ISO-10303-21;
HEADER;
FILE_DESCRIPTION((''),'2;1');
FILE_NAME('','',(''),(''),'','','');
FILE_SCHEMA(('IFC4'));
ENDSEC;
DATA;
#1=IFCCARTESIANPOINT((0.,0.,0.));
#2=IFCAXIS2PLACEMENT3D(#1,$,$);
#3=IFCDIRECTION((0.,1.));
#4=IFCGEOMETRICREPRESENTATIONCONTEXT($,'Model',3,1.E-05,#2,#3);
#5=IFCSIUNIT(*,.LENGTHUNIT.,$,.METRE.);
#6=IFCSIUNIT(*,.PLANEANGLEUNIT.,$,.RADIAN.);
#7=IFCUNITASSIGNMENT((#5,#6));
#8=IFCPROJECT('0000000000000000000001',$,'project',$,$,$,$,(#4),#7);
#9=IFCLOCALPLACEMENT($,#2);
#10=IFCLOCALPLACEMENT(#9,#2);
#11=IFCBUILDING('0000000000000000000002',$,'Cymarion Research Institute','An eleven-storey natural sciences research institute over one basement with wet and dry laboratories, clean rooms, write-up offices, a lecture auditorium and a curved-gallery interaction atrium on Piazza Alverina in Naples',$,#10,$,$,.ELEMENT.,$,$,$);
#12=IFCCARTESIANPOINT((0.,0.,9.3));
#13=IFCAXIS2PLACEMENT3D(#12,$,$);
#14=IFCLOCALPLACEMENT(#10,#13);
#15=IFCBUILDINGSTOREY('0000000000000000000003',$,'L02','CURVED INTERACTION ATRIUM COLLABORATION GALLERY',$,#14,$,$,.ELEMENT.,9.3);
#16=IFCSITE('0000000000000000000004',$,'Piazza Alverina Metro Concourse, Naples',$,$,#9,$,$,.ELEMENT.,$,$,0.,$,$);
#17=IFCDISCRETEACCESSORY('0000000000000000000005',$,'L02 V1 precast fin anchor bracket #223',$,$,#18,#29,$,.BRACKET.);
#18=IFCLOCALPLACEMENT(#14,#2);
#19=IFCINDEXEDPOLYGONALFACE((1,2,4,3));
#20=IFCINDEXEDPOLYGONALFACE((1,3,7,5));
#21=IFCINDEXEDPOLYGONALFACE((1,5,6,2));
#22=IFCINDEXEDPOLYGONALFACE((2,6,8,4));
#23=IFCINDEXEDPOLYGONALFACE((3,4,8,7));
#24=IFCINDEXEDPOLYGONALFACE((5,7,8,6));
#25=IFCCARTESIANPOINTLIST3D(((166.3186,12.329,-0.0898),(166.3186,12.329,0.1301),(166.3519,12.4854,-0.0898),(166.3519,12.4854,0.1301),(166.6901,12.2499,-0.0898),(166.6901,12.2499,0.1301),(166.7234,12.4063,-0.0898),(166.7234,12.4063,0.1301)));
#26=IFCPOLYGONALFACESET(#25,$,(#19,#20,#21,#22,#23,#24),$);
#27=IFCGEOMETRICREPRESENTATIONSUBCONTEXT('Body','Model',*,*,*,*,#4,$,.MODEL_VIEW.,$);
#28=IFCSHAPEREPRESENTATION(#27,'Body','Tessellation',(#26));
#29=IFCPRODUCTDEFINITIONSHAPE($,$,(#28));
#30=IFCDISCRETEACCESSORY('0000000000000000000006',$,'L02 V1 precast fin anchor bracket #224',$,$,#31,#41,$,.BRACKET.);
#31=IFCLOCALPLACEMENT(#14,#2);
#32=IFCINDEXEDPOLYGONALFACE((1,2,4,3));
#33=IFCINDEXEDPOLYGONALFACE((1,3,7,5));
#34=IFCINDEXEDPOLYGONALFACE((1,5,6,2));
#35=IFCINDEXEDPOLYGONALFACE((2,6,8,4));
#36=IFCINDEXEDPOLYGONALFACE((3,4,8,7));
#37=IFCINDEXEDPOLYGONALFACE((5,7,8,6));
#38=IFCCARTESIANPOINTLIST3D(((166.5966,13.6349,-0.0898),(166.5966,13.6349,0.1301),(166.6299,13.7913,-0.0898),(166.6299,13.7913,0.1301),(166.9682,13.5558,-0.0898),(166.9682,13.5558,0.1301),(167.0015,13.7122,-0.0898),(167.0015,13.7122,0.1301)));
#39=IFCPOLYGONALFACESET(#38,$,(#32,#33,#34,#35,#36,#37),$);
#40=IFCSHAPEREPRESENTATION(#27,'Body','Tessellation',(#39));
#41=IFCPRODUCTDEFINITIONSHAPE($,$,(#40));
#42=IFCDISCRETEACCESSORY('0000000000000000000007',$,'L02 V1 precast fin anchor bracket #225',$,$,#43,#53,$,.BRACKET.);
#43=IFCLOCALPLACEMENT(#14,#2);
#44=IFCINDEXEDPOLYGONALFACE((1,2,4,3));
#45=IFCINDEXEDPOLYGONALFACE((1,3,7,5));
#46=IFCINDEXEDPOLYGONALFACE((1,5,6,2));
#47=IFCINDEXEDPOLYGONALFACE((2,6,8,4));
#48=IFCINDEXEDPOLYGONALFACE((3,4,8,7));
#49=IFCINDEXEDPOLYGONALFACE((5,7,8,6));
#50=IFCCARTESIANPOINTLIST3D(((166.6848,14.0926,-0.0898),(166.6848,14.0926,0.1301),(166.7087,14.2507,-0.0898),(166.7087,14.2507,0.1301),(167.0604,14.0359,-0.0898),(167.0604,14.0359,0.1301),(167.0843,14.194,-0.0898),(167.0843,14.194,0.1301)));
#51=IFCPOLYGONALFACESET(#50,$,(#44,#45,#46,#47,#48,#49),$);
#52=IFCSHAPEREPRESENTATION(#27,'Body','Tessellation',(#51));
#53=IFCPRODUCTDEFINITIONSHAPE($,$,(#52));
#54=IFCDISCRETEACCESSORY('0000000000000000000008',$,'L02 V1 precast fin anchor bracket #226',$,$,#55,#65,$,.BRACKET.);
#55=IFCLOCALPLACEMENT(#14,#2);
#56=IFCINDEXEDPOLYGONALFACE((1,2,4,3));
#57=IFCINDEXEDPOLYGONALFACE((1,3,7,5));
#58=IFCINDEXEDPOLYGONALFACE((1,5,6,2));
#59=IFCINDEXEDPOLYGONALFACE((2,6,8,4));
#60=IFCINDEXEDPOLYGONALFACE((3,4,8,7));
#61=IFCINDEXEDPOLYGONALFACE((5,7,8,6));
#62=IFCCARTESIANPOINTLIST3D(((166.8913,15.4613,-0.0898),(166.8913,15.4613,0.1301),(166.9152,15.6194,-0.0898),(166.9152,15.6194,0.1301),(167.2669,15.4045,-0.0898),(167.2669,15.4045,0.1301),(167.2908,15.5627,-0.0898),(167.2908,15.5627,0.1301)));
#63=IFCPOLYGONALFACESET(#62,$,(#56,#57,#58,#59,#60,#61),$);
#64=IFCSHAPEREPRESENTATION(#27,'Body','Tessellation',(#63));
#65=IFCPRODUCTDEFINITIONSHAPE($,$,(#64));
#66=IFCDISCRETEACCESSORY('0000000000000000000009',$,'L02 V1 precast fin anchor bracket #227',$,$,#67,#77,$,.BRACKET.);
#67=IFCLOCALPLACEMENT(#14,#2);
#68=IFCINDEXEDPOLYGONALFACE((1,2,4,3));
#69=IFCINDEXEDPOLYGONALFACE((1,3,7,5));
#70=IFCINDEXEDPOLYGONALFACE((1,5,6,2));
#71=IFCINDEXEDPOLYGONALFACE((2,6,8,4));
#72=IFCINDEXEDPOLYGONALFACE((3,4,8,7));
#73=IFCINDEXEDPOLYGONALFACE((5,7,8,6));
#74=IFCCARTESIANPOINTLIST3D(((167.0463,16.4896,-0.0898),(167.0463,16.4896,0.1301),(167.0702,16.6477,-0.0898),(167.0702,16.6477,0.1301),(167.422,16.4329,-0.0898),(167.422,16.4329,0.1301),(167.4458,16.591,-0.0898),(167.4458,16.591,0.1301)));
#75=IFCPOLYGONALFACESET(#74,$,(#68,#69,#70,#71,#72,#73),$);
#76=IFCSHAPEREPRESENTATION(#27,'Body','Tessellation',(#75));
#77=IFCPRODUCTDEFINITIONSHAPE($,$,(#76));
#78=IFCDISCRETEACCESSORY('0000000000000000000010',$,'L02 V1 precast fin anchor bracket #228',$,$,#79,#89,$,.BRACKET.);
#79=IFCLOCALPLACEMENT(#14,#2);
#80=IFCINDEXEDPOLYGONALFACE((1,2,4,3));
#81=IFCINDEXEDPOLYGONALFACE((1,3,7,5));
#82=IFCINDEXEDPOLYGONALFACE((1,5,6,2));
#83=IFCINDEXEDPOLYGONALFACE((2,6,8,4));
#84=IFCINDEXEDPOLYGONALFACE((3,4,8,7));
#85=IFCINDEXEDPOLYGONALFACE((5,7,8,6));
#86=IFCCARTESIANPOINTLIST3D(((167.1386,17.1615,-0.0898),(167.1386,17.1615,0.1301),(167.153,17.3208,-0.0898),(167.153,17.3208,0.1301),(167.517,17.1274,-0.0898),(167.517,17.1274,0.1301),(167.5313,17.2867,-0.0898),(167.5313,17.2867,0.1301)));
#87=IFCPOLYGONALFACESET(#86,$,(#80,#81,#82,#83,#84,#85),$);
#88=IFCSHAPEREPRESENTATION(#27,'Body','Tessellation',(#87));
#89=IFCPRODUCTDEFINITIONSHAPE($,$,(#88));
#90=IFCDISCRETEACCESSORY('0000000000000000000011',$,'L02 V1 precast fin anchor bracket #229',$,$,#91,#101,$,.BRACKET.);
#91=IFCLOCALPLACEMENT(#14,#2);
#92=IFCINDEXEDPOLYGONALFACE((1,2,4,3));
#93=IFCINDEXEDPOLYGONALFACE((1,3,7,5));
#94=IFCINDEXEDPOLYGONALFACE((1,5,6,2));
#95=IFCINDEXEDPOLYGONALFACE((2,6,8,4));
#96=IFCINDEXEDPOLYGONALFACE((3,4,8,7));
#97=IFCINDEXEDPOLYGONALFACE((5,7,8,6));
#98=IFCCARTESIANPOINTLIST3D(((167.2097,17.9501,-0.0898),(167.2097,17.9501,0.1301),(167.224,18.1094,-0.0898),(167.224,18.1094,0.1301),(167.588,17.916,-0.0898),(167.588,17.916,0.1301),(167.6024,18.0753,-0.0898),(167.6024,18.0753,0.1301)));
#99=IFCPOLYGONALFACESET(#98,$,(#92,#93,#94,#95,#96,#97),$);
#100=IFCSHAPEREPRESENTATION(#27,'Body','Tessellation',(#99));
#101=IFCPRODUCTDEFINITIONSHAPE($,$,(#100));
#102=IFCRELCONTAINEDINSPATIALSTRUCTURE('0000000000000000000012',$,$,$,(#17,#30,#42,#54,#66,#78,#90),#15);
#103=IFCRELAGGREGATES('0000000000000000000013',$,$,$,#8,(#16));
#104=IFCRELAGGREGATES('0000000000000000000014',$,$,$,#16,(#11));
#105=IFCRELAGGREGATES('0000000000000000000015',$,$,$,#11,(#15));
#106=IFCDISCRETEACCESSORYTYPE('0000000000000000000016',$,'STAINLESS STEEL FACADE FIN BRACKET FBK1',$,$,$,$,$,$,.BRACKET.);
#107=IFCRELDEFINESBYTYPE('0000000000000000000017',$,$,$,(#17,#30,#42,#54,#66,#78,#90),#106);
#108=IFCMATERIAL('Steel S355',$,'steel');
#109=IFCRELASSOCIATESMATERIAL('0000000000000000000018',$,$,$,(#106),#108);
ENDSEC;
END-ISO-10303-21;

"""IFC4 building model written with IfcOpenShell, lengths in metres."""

from ifc_helpers import new_model, si_unit, direction, frame, origin, origin_2d, place, context, subcontext, project, spatial, rectangle, extrude, material, type_object, element, save


model = new_model("IFC4")

# Units and contexts
model_context = context("Model", 3, precision=1e-05, world=origin(), true_north=direction((0.0, 1.0)))
body_context = subcontext(model_context, "Body", "Model", "MODEL_VIEW")
ifc_project = project(units=[si_unit("LENGTHUNIT", "METRE"), si_unit("PLANEANGLEUNIT", "RADIAN")], contexts=[model_context])

# Site, building, storey
site_placement = place(None, origin())
site = spatial("IfcSite", under=ifc_project, at=site_placement, Name="Piazza Alverina Metro Concourse, Naples", CompositionType="ELEMENT", RefElevation=0.0)
building_placement = place(site_placement, origin())
building = spatial("IfcBuilding", under=site, at=building_placement, Name="Cymarion Research Institute", Description="An eleven-storey natural sciences research institute over one basement with wet and dry laboratories, clean rooms, write-up offices, a lecture auditorium and a curved-gallery interaction atrium on Piazza Alverina in Naples", CompositionType="ELEMENT")
storey_placement = place(building_placement, frame((0.0, 0.0, 9.3)))
storey = spatial("IfcBuildingStorey", under=building, at=storey_placement, Name="L02", Description="CURVED INTERACTION ATRIUM COLLABORATION GALLERY", CompositionType="ELEMENT", Elevation=9.3)

# Shared definitions
ifc_material_1 = material(Name="Steel S355", Category="steel")

# Discrete accessories
discrete_accessory_type = type_object("IfcDiscreteAccessoryType", Name="STAINLESS STEEL FACADE FIN BRACKET FBK1", PredefinedType="BRACKET", material=ifc_material_1)
for number, where, z_axis, x_axis, name in (
    (1, (166.521, 12.3677, -0.0898), (0.0, 0.0, 1.0), (0.978075, -0.208253, 0.0), "L02 V1 precast fin anchor bracket #223"),
    (2, (166.7991, 13.6736, -0.0898), (0.0, 0.0, 1.0), (0.978075, -0.208253, 0.0), "L02 V1 precast fin anchor bracket #224"),
    (3, (166.8845, 14.1433, -0.0898), (0.0, 0.0, 1.0), (0.988782, -0.149363, 0.0), "L02 V1 precast fin anchor bracket #225"),
    (4, (167.0911, 15.512, -0.0898), (0.0, 0.0, 1.0), (0.988782, -0.149363, 0.0), "L02 V1 precast fin anchor bracket #226"),
    (5, (167.2461, 16.5403, -0.0898), (0.0, 0.0, 1.0), (0.988782, -0.149363, 0.0), "L02 V1 precast fin anchor bracket #227"),
    (6, (167.335, 17.2241, -0.0898), (0.0, 0.0, 1.0), (0.995963, -0.089763, 0.0), "L02 V1 precast fin anchor bracket #228"),
    (7, (167.406, 18.0127, -0.0898), (0.0, 0.0, 1.0), (0.995963, -0.089763, 0.0), "L02 V1 precast fin anchor bracket #229"),
):
    element("IfcDiscreteAccessory", number, at=place(storey_placement, frame(where, z_axis=z_axis, x_axis=x_axis)), inside=storey, type_object=discrete_accessory_type, Name=name, PredefinedType="BRACKET", context=body_context, shape_type="SweptSolid", body=[
        extrude(rectangle(XDim=0.3799, YDim=0.1599, at=origin_2d()), origin(), (0.0, 0.0, 1.0), 0.22),
    ])

save(model, "model.ifc")
